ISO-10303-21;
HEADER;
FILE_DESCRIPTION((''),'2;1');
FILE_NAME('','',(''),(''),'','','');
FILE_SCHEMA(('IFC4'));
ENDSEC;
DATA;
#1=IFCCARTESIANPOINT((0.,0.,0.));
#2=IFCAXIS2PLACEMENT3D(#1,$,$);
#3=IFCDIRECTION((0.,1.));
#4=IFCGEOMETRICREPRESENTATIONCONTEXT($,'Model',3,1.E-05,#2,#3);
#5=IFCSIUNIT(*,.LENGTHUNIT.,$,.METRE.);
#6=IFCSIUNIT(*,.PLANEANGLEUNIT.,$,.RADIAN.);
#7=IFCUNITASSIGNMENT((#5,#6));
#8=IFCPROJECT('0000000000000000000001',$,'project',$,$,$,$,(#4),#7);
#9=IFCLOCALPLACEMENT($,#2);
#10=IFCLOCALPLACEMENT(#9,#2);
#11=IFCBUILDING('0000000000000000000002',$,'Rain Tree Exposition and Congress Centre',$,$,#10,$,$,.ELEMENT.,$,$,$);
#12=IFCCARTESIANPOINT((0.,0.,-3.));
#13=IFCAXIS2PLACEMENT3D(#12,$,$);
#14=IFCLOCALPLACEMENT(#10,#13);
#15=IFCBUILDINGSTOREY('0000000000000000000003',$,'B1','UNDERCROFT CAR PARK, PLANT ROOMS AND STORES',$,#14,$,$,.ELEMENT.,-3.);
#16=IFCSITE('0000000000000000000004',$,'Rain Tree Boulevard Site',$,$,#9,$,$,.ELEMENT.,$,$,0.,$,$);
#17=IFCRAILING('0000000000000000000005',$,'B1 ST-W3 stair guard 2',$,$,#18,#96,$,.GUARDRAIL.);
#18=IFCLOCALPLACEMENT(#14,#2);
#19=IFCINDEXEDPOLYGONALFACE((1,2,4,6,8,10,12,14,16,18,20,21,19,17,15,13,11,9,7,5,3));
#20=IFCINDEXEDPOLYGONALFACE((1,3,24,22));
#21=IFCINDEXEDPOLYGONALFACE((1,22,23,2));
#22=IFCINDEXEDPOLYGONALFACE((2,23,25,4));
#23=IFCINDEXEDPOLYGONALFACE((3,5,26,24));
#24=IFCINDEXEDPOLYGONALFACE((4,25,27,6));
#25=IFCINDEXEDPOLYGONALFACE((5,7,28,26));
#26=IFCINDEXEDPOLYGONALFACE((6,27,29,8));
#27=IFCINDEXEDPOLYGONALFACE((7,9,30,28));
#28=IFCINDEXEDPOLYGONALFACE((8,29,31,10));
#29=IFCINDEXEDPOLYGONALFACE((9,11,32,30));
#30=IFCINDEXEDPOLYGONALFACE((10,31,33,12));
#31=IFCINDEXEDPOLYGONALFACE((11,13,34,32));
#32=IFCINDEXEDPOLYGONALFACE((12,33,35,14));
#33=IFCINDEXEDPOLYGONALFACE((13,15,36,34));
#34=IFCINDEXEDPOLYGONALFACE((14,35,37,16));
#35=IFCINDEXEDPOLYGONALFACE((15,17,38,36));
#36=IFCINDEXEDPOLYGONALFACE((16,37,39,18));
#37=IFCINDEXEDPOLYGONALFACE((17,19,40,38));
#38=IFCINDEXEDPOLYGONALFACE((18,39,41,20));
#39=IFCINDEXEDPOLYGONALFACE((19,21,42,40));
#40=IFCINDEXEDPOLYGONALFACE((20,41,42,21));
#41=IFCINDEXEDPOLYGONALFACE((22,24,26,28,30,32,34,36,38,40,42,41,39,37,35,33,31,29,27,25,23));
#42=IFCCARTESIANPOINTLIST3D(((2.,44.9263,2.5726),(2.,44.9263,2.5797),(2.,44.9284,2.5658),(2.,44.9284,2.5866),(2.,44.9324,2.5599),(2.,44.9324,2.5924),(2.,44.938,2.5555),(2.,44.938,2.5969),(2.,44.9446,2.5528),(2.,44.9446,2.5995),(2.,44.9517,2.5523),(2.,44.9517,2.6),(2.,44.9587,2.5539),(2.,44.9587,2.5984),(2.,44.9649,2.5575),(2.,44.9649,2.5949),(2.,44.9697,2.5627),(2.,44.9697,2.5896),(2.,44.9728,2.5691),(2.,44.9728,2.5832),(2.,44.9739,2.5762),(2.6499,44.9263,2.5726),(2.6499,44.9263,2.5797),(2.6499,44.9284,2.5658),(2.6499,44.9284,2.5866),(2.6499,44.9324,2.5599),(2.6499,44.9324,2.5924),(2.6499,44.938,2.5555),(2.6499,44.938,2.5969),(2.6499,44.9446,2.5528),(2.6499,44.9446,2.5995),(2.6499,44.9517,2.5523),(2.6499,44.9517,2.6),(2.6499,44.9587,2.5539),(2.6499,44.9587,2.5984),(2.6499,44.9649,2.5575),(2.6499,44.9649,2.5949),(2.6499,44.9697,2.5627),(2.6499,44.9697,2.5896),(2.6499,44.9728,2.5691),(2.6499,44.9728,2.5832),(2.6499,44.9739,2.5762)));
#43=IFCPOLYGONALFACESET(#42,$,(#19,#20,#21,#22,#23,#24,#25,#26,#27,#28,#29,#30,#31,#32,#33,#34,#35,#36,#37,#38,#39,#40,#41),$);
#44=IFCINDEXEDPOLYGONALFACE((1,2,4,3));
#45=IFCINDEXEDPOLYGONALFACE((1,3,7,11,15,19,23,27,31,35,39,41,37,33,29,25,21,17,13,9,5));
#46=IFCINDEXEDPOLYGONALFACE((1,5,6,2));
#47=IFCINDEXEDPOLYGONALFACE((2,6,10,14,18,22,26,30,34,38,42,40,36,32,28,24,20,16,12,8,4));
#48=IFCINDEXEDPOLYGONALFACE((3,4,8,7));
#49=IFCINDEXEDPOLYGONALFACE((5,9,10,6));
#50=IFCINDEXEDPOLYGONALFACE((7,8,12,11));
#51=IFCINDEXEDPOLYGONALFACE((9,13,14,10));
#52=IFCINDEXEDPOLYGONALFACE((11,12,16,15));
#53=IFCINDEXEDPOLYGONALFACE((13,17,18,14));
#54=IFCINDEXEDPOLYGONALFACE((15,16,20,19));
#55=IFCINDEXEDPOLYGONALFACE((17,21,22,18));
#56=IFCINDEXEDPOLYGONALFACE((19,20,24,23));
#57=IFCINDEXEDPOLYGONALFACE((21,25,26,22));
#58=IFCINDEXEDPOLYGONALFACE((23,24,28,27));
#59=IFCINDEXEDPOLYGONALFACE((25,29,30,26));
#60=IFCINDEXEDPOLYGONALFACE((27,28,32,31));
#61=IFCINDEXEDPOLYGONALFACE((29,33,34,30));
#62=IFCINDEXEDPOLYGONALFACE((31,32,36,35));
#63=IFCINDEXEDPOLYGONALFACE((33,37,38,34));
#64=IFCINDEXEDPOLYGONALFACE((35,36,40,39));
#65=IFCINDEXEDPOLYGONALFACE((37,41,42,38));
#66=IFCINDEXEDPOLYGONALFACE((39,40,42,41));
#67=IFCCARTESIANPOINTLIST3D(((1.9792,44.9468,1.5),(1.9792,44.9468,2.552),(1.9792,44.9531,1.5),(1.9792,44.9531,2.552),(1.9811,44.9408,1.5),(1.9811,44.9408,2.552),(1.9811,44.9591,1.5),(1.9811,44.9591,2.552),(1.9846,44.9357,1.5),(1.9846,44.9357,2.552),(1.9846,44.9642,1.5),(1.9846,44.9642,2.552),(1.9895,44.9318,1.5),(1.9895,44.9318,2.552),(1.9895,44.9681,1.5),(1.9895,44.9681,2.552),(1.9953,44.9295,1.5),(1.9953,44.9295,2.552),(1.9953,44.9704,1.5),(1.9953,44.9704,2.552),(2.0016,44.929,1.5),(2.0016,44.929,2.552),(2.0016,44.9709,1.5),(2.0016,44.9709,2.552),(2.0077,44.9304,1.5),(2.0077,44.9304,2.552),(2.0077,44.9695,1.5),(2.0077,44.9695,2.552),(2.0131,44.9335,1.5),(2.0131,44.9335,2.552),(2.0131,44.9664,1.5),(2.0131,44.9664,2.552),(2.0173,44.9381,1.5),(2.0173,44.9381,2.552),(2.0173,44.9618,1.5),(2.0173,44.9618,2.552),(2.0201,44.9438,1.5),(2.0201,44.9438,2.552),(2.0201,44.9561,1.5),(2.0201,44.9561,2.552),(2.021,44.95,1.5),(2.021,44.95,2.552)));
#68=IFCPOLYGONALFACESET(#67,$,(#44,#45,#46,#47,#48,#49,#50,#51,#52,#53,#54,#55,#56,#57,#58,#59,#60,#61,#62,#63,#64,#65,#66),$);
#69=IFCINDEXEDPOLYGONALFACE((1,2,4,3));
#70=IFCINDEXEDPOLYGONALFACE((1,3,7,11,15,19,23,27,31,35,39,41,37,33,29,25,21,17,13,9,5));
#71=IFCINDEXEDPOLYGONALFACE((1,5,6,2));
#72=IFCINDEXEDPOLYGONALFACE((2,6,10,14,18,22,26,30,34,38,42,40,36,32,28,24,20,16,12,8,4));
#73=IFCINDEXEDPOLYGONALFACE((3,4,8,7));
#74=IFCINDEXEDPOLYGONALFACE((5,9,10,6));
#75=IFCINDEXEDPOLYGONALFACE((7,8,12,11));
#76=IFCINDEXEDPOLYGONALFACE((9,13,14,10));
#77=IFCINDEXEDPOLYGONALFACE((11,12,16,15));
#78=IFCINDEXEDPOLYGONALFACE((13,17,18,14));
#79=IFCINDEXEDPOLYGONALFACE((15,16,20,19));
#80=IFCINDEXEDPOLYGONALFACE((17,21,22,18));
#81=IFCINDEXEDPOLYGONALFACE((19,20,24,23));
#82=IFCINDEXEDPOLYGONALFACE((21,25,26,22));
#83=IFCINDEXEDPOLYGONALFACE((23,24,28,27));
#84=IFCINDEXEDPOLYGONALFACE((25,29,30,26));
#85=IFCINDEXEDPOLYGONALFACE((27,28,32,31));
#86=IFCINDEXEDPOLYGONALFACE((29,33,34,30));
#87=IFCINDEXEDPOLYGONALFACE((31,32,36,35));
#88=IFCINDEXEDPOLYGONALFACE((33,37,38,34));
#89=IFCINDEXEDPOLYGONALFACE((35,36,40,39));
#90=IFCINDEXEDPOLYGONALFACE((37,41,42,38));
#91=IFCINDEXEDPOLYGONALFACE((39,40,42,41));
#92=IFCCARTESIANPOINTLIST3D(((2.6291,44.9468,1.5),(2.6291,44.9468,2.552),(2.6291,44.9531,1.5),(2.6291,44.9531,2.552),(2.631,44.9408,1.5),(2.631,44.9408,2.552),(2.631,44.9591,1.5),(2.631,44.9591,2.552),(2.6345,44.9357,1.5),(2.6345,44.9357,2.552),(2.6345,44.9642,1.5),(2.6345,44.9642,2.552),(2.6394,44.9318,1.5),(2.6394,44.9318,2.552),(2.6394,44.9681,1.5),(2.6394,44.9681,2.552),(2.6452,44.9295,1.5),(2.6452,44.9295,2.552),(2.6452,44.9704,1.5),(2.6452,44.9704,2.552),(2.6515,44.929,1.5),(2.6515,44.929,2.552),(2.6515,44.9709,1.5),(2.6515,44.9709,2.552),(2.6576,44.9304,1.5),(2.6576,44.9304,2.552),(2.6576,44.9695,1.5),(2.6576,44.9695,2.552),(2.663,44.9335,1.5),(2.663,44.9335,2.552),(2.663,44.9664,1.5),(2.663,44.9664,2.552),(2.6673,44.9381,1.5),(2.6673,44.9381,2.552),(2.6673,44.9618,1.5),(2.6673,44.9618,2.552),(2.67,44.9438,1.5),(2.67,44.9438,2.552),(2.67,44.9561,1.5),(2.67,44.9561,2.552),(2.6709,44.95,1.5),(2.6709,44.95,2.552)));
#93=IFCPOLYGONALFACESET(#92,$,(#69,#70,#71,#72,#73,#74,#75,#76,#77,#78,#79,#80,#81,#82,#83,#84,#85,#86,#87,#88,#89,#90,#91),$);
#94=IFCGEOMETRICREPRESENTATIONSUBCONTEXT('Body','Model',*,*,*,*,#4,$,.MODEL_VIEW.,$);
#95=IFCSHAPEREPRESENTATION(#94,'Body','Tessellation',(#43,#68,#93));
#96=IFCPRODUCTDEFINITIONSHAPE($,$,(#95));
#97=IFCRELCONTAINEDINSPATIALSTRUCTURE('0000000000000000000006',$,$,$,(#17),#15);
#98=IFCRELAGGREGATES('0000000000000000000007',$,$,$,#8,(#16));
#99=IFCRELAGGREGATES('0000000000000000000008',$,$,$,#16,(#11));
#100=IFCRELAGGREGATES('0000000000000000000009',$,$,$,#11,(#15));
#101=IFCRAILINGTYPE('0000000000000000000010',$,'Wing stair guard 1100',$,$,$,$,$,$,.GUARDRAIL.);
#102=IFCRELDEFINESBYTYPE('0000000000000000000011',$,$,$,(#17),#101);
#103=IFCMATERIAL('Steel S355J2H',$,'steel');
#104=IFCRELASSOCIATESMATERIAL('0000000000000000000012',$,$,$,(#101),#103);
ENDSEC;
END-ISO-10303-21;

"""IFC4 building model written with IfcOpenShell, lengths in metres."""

from ifc_helpers import new_model, si_unit, direction, frame, origin, origin_2d, place, context, subcontext, project, spatial, circle, extrude, material, type_object, element, save


model = new_model("IFC4")

# Units and contexts
model_context = context("Model", 3, precision=1e-05, world=origin(), true_north=direction((0.0, 1.0)))
body_context = subcontext(model_context, "Body", "Model", "MODEL_VIEW")
ifc_project = project(units=[si_unit("LENGTHUNIT", "METRE"), si_unit("PLANEANGLEUNIT", "RADIAN")], contexts=[model_context])

# Site, building, storey
site_placement = place(None, origin())
site = spatial("IfcSite", under=ifc_project, at=site_placement, Name="Rain Tree Boulevard Site", CompositionType="ELEMENT", RefElevation=0.0)
building_placement = place(site_placement, origin())
building = spatial("IfcBuilding", under=site, at=building_placement, Name="Rain Tree Exposition and Congress Centre", CompositionType="ELEMENT")
storey_placement = place(building_placement, frame((0.0, 0.0, -3.0)))
storey = spatial("IfcBuildingStorey", under=building, at=storey_placement, Name="B1", Description="UNDERCROFT CAR PARK, PLANT ROOMS AND STORES", CompositionType="ELEMENT", Elevation=-3.0)

# Railing
ifc_material_1 = material(Name="Steel S355J2H", Category="steel")
railing_type_1 = type_object("IfcRailingType", Name="Wing stair guard 1100", PredefinedType="GUARDRAIL", material=ifc_material_1)
railing_1_placement = place(storey_placement, frame((2.0, 44.95, 1.5)))
element("IfcRailing", 1, at=railing_1_placement, inside=storey, type_object=railing_type_1, Name="B1 ST-W3 stair guard 2", PredefinedType="GUARDRAIL", context=body_context, shape_type="SweptSolid", body=[
    extrude(circle(Radius=0.0239, at=origin_2d()), frame((0.0, 0.0, 1.0762), z_axis=(1.0, 0.0, 0.0), x_axis=(0.0, 1.0, 0.0)), (0.0, 0.0, 1.0), 0.6499),
    extrude(circle(Radius=0.021, at=origin_2d()), origin(), (0.0, 0.0, 1.0), 1.052),
    extrude(circle(Radius=0.021, at=origin_2d()), frame((0.6499, 0.0, 0.0)), (0.0, 0.0, 1.0), 1.052),
])

save(model, "model.ifc")
